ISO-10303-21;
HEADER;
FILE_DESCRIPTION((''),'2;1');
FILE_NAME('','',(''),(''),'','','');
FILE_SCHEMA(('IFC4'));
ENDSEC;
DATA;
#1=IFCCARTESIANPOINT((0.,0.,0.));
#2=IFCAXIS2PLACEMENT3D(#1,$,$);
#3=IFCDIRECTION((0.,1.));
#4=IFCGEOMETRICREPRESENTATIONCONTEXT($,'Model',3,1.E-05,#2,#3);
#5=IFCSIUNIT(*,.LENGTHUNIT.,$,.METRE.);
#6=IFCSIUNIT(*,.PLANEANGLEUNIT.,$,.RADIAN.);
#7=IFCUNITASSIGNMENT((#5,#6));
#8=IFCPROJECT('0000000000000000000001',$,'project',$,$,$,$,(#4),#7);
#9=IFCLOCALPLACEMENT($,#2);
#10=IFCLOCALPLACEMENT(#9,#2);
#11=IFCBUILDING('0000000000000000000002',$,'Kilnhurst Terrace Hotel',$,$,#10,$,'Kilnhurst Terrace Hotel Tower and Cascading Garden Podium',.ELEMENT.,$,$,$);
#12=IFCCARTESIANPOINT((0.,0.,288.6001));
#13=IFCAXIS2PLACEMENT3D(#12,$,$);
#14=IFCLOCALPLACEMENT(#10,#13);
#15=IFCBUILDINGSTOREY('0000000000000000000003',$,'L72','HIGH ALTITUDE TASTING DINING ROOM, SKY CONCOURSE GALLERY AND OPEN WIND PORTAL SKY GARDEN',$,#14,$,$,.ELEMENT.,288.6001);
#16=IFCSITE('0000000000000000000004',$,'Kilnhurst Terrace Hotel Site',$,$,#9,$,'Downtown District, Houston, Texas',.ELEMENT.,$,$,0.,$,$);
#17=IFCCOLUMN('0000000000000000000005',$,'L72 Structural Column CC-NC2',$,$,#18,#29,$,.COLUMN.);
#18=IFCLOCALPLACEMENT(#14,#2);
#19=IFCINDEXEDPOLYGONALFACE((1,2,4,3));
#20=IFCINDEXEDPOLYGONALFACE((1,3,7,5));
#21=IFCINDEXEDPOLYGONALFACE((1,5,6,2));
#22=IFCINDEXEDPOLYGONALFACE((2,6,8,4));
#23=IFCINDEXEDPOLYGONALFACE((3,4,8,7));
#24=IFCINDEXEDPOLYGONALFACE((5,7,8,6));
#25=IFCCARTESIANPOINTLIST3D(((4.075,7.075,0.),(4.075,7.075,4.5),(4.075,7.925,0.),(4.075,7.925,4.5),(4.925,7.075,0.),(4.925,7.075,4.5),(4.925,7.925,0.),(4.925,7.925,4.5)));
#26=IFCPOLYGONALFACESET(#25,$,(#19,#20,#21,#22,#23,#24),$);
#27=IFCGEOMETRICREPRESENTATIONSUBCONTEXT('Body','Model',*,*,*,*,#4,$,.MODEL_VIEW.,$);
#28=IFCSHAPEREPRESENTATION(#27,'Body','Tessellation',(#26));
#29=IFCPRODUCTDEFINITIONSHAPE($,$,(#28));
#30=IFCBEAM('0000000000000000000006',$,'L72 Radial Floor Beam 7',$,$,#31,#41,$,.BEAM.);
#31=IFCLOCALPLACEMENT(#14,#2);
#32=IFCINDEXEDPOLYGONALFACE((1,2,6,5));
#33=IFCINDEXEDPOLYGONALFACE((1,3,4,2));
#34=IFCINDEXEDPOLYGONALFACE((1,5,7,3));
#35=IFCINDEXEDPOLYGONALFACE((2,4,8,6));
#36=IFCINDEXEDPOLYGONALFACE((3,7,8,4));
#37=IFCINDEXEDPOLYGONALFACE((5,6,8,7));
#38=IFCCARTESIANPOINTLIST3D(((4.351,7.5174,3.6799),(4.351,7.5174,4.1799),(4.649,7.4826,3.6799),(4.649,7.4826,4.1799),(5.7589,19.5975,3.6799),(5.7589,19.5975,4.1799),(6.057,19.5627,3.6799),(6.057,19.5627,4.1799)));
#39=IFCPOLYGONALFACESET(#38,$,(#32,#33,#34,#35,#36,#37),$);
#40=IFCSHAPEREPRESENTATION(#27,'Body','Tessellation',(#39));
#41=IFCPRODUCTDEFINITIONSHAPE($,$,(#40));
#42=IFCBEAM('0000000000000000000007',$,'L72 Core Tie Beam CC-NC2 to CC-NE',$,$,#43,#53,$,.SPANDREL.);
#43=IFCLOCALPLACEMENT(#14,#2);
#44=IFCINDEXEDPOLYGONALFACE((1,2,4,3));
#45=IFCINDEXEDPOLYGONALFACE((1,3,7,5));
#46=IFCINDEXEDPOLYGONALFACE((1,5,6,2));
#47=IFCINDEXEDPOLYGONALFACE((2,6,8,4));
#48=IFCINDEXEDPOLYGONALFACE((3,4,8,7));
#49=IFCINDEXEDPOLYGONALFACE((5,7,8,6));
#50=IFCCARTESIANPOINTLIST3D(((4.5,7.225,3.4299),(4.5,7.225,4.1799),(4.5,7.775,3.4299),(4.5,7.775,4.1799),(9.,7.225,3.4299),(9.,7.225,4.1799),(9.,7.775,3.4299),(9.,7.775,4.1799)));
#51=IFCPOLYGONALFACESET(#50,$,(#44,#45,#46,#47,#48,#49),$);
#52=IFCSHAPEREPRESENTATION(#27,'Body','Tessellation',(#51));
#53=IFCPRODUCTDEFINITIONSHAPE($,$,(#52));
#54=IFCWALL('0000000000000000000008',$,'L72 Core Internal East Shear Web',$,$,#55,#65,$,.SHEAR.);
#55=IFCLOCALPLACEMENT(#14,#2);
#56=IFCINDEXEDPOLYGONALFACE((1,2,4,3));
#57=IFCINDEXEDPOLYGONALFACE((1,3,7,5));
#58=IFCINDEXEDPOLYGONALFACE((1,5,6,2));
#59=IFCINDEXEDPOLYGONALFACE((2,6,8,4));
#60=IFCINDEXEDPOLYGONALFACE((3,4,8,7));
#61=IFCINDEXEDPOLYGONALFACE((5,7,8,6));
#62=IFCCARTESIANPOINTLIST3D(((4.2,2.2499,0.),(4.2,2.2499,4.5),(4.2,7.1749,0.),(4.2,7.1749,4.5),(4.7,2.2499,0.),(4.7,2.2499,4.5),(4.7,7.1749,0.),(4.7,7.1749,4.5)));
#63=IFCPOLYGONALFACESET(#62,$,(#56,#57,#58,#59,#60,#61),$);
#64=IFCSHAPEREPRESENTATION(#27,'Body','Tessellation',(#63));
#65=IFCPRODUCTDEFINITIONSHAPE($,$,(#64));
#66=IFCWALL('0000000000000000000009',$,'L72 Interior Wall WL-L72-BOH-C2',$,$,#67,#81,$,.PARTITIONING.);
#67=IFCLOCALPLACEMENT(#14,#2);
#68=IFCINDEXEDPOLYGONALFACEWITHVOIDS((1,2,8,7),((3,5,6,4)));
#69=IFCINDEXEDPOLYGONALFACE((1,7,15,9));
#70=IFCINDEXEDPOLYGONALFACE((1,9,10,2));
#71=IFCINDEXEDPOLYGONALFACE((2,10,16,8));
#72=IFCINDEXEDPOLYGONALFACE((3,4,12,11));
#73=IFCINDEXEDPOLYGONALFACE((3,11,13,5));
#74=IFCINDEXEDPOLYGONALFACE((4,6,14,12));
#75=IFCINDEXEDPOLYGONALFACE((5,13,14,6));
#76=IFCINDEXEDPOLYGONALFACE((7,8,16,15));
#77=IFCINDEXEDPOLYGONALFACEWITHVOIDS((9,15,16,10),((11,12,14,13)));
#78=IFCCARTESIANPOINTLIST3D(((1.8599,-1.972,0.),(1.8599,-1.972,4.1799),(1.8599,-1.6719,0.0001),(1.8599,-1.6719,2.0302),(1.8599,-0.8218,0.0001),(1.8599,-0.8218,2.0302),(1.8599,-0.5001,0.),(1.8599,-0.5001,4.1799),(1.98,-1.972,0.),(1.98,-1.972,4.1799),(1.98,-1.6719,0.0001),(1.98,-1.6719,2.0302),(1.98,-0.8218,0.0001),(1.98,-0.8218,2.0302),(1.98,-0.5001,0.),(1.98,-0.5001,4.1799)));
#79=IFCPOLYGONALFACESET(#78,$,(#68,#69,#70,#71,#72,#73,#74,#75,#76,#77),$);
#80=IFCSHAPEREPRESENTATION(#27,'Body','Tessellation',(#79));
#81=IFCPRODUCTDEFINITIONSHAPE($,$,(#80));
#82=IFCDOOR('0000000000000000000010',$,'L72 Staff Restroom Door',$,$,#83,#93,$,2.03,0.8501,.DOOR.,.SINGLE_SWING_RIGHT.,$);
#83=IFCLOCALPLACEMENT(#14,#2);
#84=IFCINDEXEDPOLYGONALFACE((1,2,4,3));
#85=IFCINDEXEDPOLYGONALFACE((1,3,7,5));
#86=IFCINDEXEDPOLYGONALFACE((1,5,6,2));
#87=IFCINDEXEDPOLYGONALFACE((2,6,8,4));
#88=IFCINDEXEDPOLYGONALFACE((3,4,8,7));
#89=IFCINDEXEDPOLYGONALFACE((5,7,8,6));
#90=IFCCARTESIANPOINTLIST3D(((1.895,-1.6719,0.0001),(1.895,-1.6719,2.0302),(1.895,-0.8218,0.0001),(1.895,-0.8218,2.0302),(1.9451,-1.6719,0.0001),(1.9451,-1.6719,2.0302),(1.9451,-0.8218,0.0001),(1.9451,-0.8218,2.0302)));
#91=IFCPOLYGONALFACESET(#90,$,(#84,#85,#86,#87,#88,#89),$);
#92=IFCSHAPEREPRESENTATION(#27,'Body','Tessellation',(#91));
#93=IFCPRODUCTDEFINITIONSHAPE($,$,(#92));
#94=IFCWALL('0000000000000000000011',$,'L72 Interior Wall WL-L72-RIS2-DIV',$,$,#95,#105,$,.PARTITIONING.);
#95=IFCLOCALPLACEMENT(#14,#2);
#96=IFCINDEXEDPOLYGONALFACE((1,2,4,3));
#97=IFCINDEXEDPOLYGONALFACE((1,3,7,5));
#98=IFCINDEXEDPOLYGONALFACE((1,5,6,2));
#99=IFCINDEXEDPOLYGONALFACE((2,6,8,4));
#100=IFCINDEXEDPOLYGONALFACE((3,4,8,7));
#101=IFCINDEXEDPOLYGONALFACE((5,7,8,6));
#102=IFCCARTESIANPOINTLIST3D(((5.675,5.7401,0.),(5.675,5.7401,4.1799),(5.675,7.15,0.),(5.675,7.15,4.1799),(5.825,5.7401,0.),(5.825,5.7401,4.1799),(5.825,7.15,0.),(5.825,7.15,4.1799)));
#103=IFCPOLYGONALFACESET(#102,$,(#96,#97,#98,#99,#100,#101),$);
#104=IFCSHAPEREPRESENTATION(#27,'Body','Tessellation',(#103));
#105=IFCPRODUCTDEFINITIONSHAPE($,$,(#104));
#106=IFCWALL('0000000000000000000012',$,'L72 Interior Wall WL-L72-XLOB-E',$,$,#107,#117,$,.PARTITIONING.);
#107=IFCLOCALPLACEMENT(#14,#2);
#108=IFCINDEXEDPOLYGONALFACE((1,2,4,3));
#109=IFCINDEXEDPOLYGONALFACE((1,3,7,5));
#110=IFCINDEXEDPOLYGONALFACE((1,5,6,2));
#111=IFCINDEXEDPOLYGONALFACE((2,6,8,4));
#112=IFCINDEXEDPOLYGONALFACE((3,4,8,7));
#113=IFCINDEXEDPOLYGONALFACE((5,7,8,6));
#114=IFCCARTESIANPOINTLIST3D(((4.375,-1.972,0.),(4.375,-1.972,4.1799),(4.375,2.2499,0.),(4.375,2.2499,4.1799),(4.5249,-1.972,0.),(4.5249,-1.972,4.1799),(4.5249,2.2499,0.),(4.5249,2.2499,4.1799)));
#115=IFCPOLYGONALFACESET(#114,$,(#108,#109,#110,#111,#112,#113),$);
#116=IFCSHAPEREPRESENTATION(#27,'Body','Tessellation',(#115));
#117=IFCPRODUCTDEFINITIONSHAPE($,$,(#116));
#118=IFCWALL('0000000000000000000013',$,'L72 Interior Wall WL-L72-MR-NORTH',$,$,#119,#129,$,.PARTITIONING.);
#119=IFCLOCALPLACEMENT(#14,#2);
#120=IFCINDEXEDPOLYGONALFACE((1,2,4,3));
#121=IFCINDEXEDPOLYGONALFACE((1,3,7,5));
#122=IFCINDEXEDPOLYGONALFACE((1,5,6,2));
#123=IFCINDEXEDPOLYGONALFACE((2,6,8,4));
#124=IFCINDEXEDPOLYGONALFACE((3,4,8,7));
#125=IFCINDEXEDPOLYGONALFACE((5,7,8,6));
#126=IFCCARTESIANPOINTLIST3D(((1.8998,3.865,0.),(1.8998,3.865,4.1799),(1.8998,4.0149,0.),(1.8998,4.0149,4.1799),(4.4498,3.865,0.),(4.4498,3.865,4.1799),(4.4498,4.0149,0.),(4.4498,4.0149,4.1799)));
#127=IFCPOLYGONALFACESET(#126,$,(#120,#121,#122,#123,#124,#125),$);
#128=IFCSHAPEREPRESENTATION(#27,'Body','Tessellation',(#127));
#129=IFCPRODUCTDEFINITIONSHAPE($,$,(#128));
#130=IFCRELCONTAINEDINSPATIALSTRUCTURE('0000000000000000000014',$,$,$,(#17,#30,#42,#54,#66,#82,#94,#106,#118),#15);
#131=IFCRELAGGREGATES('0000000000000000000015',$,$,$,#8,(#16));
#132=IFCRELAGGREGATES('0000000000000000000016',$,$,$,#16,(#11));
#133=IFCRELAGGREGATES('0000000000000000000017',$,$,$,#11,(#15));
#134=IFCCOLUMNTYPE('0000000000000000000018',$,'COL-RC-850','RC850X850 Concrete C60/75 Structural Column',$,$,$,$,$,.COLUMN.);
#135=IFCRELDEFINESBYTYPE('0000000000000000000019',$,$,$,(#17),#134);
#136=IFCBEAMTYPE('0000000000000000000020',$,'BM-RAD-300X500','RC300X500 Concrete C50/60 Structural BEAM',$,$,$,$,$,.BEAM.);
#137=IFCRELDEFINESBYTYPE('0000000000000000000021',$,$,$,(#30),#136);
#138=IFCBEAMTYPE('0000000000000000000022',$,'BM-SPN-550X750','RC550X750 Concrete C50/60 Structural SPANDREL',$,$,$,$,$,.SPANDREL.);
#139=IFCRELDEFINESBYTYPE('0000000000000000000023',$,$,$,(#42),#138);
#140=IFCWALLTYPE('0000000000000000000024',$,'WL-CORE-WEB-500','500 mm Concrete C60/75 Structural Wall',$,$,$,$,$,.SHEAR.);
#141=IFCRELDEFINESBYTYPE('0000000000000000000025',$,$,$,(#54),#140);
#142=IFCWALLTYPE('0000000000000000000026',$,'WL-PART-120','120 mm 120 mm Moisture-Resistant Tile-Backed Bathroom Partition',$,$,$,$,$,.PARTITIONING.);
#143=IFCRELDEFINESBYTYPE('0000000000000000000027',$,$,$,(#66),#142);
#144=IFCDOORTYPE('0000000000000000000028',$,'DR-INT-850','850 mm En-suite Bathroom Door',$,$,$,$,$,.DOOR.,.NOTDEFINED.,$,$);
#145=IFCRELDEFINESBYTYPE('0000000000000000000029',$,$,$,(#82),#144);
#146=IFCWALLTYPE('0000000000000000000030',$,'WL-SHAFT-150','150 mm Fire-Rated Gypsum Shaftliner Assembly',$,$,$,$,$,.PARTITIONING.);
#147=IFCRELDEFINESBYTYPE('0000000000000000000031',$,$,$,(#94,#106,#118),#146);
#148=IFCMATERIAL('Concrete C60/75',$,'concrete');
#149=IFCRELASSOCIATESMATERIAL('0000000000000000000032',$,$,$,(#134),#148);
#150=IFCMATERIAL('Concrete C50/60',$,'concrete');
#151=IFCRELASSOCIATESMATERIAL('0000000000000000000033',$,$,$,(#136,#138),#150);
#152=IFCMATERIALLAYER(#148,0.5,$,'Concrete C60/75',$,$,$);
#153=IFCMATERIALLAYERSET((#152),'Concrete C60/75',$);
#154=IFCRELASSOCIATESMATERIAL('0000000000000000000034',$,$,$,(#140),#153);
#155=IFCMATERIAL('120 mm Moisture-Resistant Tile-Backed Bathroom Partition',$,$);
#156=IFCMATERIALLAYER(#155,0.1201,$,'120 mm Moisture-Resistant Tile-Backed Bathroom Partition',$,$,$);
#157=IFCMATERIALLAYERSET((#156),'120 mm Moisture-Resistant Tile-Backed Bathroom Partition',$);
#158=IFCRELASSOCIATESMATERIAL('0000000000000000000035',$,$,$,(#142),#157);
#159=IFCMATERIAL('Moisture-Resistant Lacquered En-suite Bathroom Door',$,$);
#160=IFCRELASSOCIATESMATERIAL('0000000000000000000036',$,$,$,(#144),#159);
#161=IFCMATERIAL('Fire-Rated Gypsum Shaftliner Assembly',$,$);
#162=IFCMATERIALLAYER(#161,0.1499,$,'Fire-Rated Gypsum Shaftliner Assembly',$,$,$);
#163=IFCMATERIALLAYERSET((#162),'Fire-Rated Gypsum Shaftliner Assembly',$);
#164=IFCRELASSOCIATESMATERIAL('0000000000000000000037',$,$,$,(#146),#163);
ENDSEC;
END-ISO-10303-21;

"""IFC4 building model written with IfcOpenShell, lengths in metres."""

from ifc_helpers import new_model, si_unit, direction, frame, frame_2d, origin, origin_2d, place, context, subcontext, project, spatial, rectangle, extrude, material, layer, layer_set, material_profile, profile_set, type_object, element, fill, save


model = new_model("IFC4")

# Units and contexts
model_context = context("Model", 3, precision=1e-05, world=origin(), true_north=direction((0.0, 1.0)))
body_context = subcontext(model_context, "Body", "Model", "MODEL_VIEW")
ifc_project = project(units=[si_unit("LENGTHUNIT", "METRE"), si_unit("PLANEANGLEUNIT", "RADIAN")], contexts=[model_context])

# Site, building, storey
site_placement = place(None, origin())
site = spatial("IfcSite", under=ifc_project, at=site_placement, Name="Kilnhurst Terrace Hotel Site", LongName="Downtown District, Houston, Texas", CompositionType="ELEMENT", RefElevation=0.0)
building_placement = place(site_placement, origin())
building = spatial("IfcBuilding", under=site, at=building_placement, Name="Kilnhurst Terrace Hotel", LongName="Kilnhurst Terrace Hotel Tower and Cascading Garden Podium", CompositionType="ELEMENT")
storey_placement = place(building_placement, frame((0.0, 0.0, 288.6001)))
storey = spatial("IfcBuildingStorey", under=building, at=storey_placement, Name="L72", Description="HIGH ALTITUDE TASTING DINING ROOM, SKY CONCOURSE GALLERY AND OPEN WIND PORTAL SKY GARDEN", CompositionType="ELEMENT", Elevation=288.6001)

# Column
ifc_material_1 = material(Name="Concrete C60/75", Category="concrete")
ifc_material_profile_1 = material_profile(ifc_material_1, rectangle(XDim=0.8501, YDim=0.8501, at=origin_2d()), Name="RC850X850")
ifc_profile_set_1 = profile_set([ifc_material_profile_1], Name="Concrete C60/75")
column_type = type_object("IfcColumnType", Name="COL-RC-850", Description="RC850X850 Concrete C60/75 Structural Column", PredefinedType="COLUMN", material=ifc_profile_set_1)
column_placement = place(storey_placement, frame((4.5, 7.5, 0.0), z_axis=(0.0, 0.0, 1.0), x_axis=(1.0, 0.0, 0.0)))
element("IfcColumn", 1, at=column_placement, inside=storey, type_object=column_type, Name="L72 Structural Column CC-NC2", PredefinedType="COLUMN", context=body_context, shape_type="SweptSolid", body=[
    extrude(rectangle(XDim=0.8501, YDim=0.8501, at=origin_2d()), origin(), (0.0, 0.0, 1.0), 4.5),
])

# Beams
ifc_material_2 = material(Name="Concrete C50/60", Category="concrete")
ifc_material_profile_2 = material_profile(ifc_material_2, rectangle(XDim=0.3, YDim=0.5, at=origin_2d()), Name="RC300X500")
ifc_profile_set_2 = profile_set([ifc_material_profile_2], Name="Concrete C50/60")
beam_type_1 = type_object("IfcBeamType", Name="BM-RAD-300X500", Description="RC300X500 Concrete C50/60 Structural BEAM", PredefinedType="BEAM", material=ifc_profile_set_2)
beam_1_placement = place(storey_placement, frame((4.5, 7.5, 3.9299), z_axis=(0.115768, 0.993276, 0.0), x_axis=(-0.993276, 0.115768, 0.0)))
element("IfcBeam", 2, at=beam_1_placement, inside=storey, type_object=beam_type_1, Name="L72 Radial Floor Beam 7", PredefinedType="BEAM", context=body_context, shape_type="SweptSolid", body=[
    extrude(rectangle(XDim=0.3, YDim=0.5, at=origin_2d()), origin(), (0.0, 0.0, 1.0), 12.1619),
])
ifc_material_profile_3 = material_profile(ifc_material_2, rectangle(XDim=0.55, YDim=0.75, at=origin_2d()), Name="RC550X750")
ifc_profile_set_3 = profile_set([ifc_material_profile_3], Name="Concrete C50/60")
beam_type_2 = type_object("IfcBeamType", Name="BM-SPN-550X750", Description="RC550X750 Concrete C50/60 Structural SPANDREL", PredefinedType="SPANDREL", material=ifc_profile_set_3)
beam_2_placement = place(storey_placement, frame((4.5, 7.5, 3.8049), z_axis=(1.0, 0.0, 0.0), x_axis=(0.0, 1.0, 0.0)))
element("IfcBeam", 3, at=beam_2_placement, inside=storey, type_object=beam_type_2, Name="L72 Core Tie Beam CC-NC2 to CC-NE", PredefinedType="SPANDREL", context=body_context, shape_type="SweptSolid", body=[
    extrude(rectangle(XDim=0.55, YDim=0.75, at=origin_2d()), origin(), (0.0, 0.0, 1.0), 4.5),
])

# Wall
ifc_layer_1 = layer(ifc_material_1, 0.5, Name="Concrete C60/75")
ifc_layer_set_1 = layer_set([ifc_layer_1], Name="Concrete C60/75")
wall_type_1 = type_object("IfcWallType", Name="WL-CORE-WEB-500", Description="500 mm Concrete C60/75 Structural Wall", PredefinedType="SHEAR", material=ifc_layer_set_1)
wall_1_placement = place(storey_placement, frame((4.45, 2.25, 0.0), z_axis=(0.0, 0.0, 1.0), x_axis=(0.0, 1.0, 0.0)))
element("IfcWall", 4, at=wall_1_placement, inside=storey, type_object=wall_type_1, Name="L72 Core Internal East Shear Web", PredefinedType="SHEAR", context=body_context, shape_type="SweptSolid", body=[
    extrude(rectangle(XDim=4.925, YDim=0.5, at=frame_2d((2.4624, 0.0))), origin(), (0.0, 0.0, 1.0), 4.5),
])

# Wall, opening, door
ifc_material_3 = material(Name="120 mm Moisture-Resistant Tile-Backed Bathroom Partition")
ifc_layer_2 = layer(ifc_material_3, 0.1201, Name="120 mm Moisture-Resistant Tile-Backed Bathroom Partition")
ifc_layer_set_2 = layer_set([ifc_layer_2], Name="120 mm Moisture-Resistant Tile-Backed Bathroom Partition")
wall_type_2 = type_object("IfcWallType", Name="WL-PART-120", Description="120 mm 120 mm Moisture-Resistant Tile-Backed Bathroom Partition", PredefinedType="PARTITIONING", material=ifc_layer_set_2)
wall_2_placement = place(storey_placement, frame((1.9199, -1.9719, 0.0), z_axis=(0.0, 0.0, 1.0), x_axis=(0.0, 1.0, 0.0)))
wall_2 = element("IfcWall", 5, at=wall_2_placement, inside=storey, type_object=wall_type_2, Name="L72 Interior Wall WL-L72-BOH-C2", PredefinedType="PARTITIONING", context=body_context, shape_type="SweptSolid", body=[
    extrude(rectangle(XDim=1.4719, YDim=0.1201, at=frame_2d((0.7358, 0.0))), origin(), (0.0, 0.0, 1.0), 4.1799),
])
opening_1_placement = place(wall_2_placement, frame((0.3, 0.0, 0.0)))
opening_1 = element("IfcOpeningElement", 6, at=opening_1_placement, cuts=wall_2, PredefinedType="OPENING", context=body_context, shape_type="SweptSolid", body=[
    extrude(rectangle(XDim=0.8501, YDim=2.03, at=frame_2d((0.425, 1.0151))), frame((0.0, 0.0701, 0.0), z_axis=(0.0, -1.0, 0.0), x_axis=(1.0, 0.0, 0.0)), (0.0, 0.0, 1.0), 0.1401),
])
ifc_material_4 = material(Name="Moisture-Resistant Lacquered En-suite Bathroom Door")
door_type_1 = type_object("IfcDoorType", Name="DR-INT-850", Description="850 mm En-suite Bathroom Door", OperationType="NOTDEFINED", PredefinedType="DOOR", material=ifc_material_4)
door_1_placement = place(opening_1_placement, origin())
door_1 = element("IfcDoor", 7, at=door_1_placement, inside=storey, type_object=door_type_1, Name="L72 Staff Restroom Door", OperationType="SINGLE_SWING_RIGHT", OverallHeight=2.03, OverallWidth=0.8501, PredefinedType="DOOR", context=body_context, shape_type="SweptSolid", body=[
    extrude(rectangle(XDim=0.8501, YDim=2.03, at=frame_2d((0.425, 1.0151))), frame((0.0, 0.0249, 0.0), z_axis=(0.0, -1.0, 0.0), x_axis=(1.0, 0.0, 0.0)), (0.0, 0.0, 1.0), 0.05),
])
fill(opening_1, door_1)

# Walls
ifc_material_5 = material(Name="Fire-Rated Gypsum Shaftliner Assembly")
ifc_layer_3 = layer(ifc_material_5, 0.1499, Name="Fire-Rated Gypsum Shaftliner Assembly")
ifc_layer_set_3 = layer_set([ifc_layer_3], Name="Fire-Rated Gypsum Shaftliner Assembly")
wall_type_3 = type_object("IfcWallType", Name="WL-SHAFT-150", Description="150 mm Fire-Rated Gypsum Shaftliner Assembly", PredefinedType="PARTITIONING", material=ifc_layer_set_3)
wall_3_placement = place(storey_placement, frame((5.75, 5.74, 0.0), z_axis=(0.0, 0.0, 1.0), x_axis=(0.0, 1.0, 0.0)))
element("IfcWall", 8, at=wall_3_placement, inside=storey, type_object=wall_type_3, Name="L72 Interior Wall WL-L72-RIS2-DIV", PredefinedType="PARTITIONING", context=body_context, shape_type="SweptSolid", body=[
    extrude(rectangle(XDim=1.4099, YDim=0.1499, at=frame_2d((0.7051, 0.0))), origin(), (0.0, 0.0, 1.0), 4.1799),
])
wall_4_placement = place(storey_placement, frame((4.45, -1.9719, 0.0), z_axis=(0.0, 0.0, 1.0), x_axis=(0.0, 1.0, 0.0)))
element("IfcWall", 9, at=wall_4_placement, inside=storey, type_object=wall_type_3, Name="L72 Interior Wall WL-L72-XLOB-E", PredefinedType="PARTITIONING", context=body_context, shape_type="SweptSolid", body=[
    extrude(rectangle(XDim=4.2219, YDim=0.1499, at=frame_2d((2.1108, 0.0))), origin(), (0.0, 0.0, 1.0), 4.1799),
])
wall_5_placement = place(storey_placement, frame((1.8999, 3.9399, 0.0), z_axis=(0.0, 0.0, 1.0), x_axis=(1.0, 0.0, 0.0)))
element("IfcWall", 10, at=wall_5_placement, inside=storey, type_object=wall_type_3, Name="L72 Interior Wall WL-L72-MR-NORTH", PredefinedType="PARTITIONING", context=body_context, shape_type="SweptSolid", body=[
    extrude(rectangle(XDim=2.55, YDim=0.1499, at=frame_2d((1.2749, 0.0))), origin(), (0.0, 0.0, 1.0), 4.1799),
])

save(model, "model.ifc")
